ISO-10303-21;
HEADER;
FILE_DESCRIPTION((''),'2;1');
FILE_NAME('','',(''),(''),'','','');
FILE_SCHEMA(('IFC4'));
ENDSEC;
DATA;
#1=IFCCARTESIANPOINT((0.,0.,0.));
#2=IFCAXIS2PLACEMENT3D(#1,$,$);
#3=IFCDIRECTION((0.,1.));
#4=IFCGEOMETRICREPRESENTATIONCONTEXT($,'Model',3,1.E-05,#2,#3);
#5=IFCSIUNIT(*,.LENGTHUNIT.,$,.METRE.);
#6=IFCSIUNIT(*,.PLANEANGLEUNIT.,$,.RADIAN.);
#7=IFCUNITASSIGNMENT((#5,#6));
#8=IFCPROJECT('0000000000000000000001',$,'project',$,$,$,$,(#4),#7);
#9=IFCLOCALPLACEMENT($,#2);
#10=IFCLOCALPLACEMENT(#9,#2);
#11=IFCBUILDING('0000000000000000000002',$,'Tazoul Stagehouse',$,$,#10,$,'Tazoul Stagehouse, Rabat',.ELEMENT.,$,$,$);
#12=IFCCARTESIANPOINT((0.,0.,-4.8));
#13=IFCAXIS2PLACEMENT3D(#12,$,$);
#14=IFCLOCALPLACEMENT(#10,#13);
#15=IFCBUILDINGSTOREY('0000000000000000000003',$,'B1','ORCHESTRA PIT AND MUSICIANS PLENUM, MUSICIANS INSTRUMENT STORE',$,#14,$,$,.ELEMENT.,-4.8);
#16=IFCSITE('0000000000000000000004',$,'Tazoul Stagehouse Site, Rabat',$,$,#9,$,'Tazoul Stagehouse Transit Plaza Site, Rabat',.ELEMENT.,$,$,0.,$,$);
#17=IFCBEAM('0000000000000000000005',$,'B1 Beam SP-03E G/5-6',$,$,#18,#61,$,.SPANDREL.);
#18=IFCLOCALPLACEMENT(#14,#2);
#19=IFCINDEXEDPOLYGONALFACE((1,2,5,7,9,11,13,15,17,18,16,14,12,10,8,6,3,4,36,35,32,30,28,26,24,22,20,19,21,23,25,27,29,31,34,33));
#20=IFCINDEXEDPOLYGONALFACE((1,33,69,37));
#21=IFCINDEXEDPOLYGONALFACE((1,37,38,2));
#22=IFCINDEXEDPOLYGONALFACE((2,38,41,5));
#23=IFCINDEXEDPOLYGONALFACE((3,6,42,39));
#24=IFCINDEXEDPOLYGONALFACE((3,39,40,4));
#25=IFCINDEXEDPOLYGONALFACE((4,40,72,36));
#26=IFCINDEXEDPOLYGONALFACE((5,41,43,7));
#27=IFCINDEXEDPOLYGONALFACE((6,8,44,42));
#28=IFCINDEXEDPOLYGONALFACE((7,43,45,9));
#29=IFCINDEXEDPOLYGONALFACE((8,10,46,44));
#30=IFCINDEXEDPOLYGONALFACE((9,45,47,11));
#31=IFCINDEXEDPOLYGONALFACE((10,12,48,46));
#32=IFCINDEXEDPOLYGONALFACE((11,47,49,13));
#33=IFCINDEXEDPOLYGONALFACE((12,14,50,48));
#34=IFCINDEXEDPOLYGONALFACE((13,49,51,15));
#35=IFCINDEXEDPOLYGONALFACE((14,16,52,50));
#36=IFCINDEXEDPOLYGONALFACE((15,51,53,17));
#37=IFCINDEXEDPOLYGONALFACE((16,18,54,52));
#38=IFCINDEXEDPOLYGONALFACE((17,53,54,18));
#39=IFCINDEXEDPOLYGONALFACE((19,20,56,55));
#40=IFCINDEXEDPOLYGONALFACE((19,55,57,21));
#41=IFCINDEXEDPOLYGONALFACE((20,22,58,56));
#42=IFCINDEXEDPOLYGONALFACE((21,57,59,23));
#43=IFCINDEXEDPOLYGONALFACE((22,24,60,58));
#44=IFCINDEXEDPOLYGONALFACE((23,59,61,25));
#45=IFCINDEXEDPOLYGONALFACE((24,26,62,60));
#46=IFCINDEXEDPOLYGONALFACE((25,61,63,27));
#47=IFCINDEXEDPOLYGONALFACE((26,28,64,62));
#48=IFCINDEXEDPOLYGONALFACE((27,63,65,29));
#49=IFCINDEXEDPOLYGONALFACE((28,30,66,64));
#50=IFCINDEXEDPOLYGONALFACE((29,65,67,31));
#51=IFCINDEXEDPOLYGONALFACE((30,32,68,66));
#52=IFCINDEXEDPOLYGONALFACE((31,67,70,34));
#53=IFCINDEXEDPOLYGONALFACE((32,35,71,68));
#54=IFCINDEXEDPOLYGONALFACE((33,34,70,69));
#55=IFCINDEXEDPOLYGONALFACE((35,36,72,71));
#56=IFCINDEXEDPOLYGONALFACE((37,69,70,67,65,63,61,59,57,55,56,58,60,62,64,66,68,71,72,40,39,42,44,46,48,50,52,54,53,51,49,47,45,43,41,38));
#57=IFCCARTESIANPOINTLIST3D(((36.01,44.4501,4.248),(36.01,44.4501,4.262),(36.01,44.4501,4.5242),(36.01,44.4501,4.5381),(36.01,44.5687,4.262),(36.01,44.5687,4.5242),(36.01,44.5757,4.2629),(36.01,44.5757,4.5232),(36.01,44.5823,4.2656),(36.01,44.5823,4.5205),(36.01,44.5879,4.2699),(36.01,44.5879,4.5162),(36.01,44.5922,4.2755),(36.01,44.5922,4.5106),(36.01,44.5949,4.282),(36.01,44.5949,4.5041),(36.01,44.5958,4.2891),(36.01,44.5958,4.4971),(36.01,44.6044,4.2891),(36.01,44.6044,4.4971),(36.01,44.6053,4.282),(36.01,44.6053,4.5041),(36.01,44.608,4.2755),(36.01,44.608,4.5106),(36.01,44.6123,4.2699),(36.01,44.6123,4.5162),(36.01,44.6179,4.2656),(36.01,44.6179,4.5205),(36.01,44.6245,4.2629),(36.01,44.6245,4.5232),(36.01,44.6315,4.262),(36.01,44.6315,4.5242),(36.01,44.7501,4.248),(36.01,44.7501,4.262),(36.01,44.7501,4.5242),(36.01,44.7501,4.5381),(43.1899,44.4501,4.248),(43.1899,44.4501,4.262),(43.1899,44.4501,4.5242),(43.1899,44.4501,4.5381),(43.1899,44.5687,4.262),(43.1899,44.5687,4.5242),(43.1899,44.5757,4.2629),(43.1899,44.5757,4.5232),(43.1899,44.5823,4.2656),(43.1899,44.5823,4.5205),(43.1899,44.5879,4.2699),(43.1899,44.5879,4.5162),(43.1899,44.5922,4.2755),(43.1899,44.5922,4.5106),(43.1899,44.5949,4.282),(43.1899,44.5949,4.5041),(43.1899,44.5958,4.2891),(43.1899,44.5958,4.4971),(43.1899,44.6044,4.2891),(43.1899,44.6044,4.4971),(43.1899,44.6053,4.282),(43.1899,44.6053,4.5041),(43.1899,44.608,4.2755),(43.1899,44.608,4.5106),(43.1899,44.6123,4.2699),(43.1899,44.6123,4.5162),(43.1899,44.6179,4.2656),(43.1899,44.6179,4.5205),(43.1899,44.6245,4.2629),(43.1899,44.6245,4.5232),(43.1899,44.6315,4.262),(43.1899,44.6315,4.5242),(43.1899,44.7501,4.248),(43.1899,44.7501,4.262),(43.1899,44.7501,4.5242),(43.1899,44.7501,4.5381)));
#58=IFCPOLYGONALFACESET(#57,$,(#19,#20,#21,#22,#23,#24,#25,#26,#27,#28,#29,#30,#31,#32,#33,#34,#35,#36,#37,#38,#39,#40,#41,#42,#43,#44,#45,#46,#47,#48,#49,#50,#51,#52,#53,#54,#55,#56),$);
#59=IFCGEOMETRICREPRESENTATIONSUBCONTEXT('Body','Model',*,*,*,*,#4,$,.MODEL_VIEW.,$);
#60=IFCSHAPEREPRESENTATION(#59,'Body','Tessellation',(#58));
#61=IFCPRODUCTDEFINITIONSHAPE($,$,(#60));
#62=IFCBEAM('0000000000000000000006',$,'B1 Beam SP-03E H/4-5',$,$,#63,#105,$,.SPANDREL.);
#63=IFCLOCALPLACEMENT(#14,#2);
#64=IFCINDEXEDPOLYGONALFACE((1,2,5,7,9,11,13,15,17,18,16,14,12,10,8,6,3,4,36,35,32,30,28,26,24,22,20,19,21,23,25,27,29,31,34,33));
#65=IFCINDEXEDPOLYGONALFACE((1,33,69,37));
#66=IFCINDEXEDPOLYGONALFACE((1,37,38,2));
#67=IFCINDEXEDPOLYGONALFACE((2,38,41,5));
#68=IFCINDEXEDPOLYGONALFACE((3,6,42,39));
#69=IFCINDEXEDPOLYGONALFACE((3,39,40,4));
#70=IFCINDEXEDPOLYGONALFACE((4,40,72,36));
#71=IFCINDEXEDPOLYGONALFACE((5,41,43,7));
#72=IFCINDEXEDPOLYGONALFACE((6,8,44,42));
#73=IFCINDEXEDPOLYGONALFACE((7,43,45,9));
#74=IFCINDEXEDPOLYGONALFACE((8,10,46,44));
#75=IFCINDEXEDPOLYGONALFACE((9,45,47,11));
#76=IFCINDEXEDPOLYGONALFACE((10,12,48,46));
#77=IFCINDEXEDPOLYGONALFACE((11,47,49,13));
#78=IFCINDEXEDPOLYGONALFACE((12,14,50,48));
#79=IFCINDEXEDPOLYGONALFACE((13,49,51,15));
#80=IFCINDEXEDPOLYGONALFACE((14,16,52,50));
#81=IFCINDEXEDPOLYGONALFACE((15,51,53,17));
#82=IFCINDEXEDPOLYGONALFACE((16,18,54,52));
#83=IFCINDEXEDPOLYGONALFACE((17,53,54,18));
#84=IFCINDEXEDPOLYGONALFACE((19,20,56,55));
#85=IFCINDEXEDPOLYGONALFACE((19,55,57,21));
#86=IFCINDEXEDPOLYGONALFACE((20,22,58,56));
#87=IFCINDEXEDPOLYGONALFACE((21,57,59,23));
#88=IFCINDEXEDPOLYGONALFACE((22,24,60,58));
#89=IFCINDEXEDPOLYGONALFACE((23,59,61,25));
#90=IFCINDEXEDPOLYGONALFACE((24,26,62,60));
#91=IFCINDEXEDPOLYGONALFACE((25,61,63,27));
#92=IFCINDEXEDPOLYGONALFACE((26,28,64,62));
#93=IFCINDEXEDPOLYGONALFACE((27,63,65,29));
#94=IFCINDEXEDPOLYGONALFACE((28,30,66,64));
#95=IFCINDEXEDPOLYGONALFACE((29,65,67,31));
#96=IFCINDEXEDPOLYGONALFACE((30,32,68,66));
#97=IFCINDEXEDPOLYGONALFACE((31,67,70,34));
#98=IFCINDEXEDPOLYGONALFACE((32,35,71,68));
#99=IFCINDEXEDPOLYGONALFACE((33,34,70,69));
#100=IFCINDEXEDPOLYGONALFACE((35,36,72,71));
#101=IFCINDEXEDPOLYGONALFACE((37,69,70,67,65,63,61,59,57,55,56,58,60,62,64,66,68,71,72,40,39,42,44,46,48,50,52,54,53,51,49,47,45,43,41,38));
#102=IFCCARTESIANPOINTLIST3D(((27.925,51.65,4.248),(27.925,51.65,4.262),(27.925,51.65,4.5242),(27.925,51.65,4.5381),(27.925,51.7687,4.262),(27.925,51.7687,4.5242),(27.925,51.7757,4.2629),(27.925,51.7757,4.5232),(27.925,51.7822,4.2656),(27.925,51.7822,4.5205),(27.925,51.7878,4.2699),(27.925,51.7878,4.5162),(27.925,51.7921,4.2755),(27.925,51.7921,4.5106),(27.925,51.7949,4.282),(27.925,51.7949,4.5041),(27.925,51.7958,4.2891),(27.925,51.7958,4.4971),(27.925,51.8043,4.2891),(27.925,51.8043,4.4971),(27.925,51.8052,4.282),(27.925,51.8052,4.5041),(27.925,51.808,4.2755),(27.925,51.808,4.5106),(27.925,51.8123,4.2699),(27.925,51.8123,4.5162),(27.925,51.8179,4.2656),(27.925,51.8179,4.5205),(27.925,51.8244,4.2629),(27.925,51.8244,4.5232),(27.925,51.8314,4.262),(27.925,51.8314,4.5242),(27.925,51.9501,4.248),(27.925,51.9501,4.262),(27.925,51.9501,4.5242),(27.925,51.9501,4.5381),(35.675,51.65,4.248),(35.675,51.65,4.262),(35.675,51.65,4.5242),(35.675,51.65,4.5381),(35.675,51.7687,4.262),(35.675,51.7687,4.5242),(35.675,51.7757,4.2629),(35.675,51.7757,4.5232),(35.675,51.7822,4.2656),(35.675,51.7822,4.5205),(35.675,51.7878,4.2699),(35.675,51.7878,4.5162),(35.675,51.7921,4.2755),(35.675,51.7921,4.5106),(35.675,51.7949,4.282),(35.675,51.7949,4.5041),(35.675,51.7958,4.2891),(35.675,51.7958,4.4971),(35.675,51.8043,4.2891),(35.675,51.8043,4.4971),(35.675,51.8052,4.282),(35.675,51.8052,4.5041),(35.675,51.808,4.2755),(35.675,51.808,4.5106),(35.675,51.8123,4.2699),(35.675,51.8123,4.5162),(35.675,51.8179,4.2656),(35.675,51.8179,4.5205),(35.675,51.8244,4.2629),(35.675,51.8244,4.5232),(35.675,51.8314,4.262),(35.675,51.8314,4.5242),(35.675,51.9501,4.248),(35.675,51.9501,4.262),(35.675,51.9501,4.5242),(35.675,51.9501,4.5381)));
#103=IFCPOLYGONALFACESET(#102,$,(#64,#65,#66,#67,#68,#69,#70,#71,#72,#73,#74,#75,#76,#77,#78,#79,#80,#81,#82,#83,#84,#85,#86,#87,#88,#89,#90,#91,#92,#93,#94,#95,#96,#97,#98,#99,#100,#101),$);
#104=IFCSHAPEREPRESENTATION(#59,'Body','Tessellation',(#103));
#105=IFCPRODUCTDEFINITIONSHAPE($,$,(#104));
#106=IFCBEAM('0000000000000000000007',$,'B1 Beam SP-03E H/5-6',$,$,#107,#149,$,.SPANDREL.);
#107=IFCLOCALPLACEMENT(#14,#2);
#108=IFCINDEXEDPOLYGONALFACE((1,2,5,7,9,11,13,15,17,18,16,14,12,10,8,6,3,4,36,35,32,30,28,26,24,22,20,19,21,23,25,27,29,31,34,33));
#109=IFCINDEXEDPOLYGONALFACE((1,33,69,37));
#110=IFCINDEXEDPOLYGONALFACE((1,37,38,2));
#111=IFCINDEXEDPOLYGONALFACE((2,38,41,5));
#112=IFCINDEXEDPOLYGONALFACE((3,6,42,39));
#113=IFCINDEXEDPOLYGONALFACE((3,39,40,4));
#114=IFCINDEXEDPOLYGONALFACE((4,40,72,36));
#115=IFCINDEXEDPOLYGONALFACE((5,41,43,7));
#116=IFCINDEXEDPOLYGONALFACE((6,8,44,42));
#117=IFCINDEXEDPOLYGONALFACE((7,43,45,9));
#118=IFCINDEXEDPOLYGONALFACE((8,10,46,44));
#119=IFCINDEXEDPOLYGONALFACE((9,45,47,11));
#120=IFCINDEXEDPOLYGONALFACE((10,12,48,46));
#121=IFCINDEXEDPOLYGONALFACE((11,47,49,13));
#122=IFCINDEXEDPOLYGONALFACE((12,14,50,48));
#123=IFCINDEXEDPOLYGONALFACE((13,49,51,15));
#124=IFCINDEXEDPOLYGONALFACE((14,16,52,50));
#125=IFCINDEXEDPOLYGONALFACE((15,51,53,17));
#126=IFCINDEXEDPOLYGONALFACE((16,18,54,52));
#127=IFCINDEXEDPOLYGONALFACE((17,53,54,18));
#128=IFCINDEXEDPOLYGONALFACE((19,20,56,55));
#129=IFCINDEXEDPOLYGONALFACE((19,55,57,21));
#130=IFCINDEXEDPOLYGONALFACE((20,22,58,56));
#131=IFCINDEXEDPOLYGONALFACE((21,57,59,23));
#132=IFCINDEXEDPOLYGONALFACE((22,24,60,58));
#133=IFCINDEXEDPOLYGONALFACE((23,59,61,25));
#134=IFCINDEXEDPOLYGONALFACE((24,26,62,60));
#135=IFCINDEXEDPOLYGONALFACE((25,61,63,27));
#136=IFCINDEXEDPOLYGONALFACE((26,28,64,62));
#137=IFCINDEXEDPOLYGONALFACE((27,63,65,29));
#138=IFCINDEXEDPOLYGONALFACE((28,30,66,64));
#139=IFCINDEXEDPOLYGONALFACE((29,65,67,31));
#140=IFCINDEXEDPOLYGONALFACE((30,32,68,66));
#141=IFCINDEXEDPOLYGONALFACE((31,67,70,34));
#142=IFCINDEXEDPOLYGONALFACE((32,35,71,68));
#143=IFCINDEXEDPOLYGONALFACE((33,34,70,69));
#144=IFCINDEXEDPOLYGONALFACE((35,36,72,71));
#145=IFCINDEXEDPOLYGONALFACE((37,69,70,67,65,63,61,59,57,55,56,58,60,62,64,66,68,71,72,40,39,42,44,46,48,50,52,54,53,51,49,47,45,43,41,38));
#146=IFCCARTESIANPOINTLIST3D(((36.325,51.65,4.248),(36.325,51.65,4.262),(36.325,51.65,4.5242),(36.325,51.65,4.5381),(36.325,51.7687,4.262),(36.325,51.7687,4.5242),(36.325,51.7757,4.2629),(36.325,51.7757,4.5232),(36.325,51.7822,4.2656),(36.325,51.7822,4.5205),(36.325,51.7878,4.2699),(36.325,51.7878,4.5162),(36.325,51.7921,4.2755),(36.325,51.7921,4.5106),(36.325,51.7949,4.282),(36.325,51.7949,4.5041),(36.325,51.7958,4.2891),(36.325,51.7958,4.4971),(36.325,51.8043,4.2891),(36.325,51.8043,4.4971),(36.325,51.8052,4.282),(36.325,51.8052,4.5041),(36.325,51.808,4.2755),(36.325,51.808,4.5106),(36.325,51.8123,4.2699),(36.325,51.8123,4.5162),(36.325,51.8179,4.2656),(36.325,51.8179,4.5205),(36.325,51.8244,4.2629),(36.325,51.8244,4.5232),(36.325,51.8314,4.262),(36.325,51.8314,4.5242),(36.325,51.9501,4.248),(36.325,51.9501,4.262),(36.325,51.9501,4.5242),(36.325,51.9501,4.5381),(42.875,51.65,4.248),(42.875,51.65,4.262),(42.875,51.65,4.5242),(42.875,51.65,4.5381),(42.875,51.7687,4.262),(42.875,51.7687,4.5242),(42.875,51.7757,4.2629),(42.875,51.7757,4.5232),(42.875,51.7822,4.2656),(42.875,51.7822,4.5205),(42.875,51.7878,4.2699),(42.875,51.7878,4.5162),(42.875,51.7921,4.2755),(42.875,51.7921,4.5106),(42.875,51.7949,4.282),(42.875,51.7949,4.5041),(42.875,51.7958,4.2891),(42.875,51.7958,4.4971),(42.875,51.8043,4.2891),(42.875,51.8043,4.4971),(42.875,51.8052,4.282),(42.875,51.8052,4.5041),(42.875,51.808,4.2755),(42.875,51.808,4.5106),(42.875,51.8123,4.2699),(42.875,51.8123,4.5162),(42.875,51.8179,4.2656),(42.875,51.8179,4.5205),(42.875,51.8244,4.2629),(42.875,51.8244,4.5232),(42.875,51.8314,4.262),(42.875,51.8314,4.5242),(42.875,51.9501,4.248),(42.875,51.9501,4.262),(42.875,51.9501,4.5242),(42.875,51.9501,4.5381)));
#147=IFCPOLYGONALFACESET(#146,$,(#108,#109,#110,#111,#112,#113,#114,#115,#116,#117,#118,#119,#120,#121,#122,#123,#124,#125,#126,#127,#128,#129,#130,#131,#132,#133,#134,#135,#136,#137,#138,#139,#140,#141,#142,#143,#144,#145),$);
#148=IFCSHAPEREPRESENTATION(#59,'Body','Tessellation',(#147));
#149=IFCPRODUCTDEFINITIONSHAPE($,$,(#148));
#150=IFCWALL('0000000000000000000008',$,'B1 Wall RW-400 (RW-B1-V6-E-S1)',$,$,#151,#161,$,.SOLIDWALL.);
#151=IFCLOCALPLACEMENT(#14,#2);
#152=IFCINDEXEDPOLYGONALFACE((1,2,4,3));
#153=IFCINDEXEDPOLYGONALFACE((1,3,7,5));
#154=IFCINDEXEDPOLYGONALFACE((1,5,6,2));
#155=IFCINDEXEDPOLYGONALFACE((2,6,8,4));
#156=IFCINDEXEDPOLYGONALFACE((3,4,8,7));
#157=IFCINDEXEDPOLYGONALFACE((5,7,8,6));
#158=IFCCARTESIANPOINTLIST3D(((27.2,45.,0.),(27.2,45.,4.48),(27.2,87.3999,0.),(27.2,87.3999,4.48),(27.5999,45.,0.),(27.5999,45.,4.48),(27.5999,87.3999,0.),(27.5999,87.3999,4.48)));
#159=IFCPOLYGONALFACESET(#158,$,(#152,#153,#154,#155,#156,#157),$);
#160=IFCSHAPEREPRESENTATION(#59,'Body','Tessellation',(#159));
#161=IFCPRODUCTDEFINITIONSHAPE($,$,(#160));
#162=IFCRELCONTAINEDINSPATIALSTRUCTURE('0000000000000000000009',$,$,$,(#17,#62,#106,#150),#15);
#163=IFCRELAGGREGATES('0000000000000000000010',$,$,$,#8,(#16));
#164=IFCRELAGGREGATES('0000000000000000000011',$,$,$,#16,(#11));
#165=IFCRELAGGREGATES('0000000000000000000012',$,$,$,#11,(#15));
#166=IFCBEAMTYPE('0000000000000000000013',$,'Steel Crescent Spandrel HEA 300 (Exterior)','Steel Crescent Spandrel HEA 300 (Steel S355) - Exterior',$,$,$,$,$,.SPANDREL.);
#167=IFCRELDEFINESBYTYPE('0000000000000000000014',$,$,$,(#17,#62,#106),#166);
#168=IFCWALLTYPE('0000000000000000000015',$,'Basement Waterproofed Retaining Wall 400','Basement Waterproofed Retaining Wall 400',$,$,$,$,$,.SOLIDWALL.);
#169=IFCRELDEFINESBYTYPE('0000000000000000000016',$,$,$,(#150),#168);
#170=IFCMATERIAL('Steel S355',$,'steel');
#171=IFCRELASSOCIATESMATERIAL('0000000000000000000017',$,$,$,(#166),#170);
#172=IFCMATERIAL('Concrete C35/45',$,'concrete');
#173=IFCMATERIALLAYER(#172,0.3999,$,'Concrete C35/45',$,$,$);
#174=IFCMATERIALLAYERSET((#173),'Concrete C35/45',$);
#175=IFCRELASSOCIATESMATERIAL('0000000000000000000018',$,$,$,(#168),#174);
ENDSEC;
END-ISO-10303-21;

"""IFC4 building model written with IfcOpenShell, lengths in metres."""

from ifc_helpers import new_model, si_unit, direction, frame, frame_2d, origin, origin_2d, place, context, subcontext, project, spatial, rectangle, i_section, extrude, material, layer, layer_set, material_profile, profile_set, type_object, element, save


model = new_model("IFC4")

# Units and contexts
model_context = context("Model", 3, precision=1e-05, world=origin(), true_north=direction((0.0, 1.0)))
body_context = subcontext(model_context, "Body", "Model", "MODEL_VIEW")
ifc_project = project(units=[si_unit("LENGTHUNIT", "METRE"), si_unit("PLANEANGLEUNIT", "RADIAN")], contexts=[model_context])

# Site, building, storey
site_placement = place(None, origin())
site = spatial("IfcSite", under=ifc_project, at=site_placement, Name="Tazoul Stagehouse Site, Rabat", LongName="Tazoul Stagehouse Transit Plaza Site, Rabat", CompositionType="ELEMENT", RefElevation=0.0)
building_placement = place(site_placement, origin())
building = spatial("IfcBuilding", under=site, at=building_placement, Name="Tazoul Stagehouse", LongName="Tazoul Stagehouse, Rabat", CompositionType="ELEMENT")
storey_placement = place(building_placement, frame((0.0, 0.0, -4.8)))
storey = spatial("IfcBuildingStorey", under=building, at=storey_placement, Name="B1", Description="ORCHESTRA PIT AND MUSICIANS PLENUM, MUSICIANS INSTRUMENT STORE", CompositionType="ELEMENT", Elevation=-4.8)

# Shared definitions
ifc_material_1 = material(Name="Concrete C35/45", Category="concrete")

# Shared definitions
ifc_material_2 = material(Name="Steel S355", Category="steel")

# Beams
ifc_material_profile_1 = material_profile(ifc_material_2, i_section(OverallWidth=0.3, OverallDepth=0.29, WebThickness=0.0085, FlangeThickness=0.0139, FilletRadius=0.0271, at=origin_2d()), Name="HEA 300")
ifc_profile_set_1 = profile_set([ifc_material_profile_1], Name="Steel S355")
beam_type_1 = type_object("IfcBeamType", Name="Steel Crescent Spandrel HEA 300 (Exterior)", Description="Steel Crescent Spandrel HEA 300 (Steel S355) - Exterior", PredefinedType="SPANDREL", material=ifc_profile_set_1)
beam_1_placement = place(storey_placement, frame((36.01, 44.6001, 4.3931), z_axis=(1.0, 0.0, 0.0), x_axis=(0.0, 1.0, 0.0)))
element("IfcBeam", 1, at=beam_1_placement, inside=storey, type_object=beam_type_1, Name="B1 Beam SP-03E G/5-6", PredefinedType="SPANDREL", context=body_context, shape_type="SweptSolid", body=[
    extrude(i_section(OverallWidth=0.3, OverallDepth=0.29, WebThickness=0.0085, FlangeThickness=0.0139, FilletRadius=0.0271, at=origin_2d()), origin(), (0.0, 0.0, 1.0), 7.1799),
])
beam_2_placement = place(storey_placement, frame((27.925, 51.8, 4.3931), z_axis=(1.0, 0.0, 0.0), x_axis=(0.0, 1.0, 0.0)))
element("IfcBeam", 2, at=beam_2_placement, inside=storey, type_object=beam_type_1, Name="B1 Beam SP-03E H/4-5", PredefinedType="SPANDREL", context=body_context, shape_type="SweptSolid", body=[
    extrude(i_section(OverallWidth=0.3, OverallDepth=0.29, WebThickness=0.0085, FlangeThickness=0.0139, FilletRadius=0.0271, at=origin_2d()), origin(), (0.0, 0.0, 1.0), 7.75),
])
beam_3_placement = place(storey_placement, frame((36.325, 51.8, 4.3931), z_axis=(1.0, 0.0, 0.0), x_axis=(0.0, 1.0, 0.0)))
element("IfcBeam", 3, at=beam_3_placement, inside=storey, type_object=beam_type_1, Name="B1 Beam SP-03E H/5-6", PredefinedType="SPANDREL", context=body_context, shape_type="SweptSolid", body=[
    extrude(i_section(OverallWidth=0.3, OverallDepth=0.29, WebThickness=0.0085, FlangeThickness=0.0139, FilletRadius=0.0271, at=origin_2d()), origin(), (0.0, 0.0, 1.0), 6.55),
])

# Wall
ifc_layer = layer(ifc_material_1, 0.3999, Name="Concrete C35/45")
ifc_layer_set = layer_set([ifc_layer], Name="Concrete C35/45")
wall_type = type_object("IfcWallType", Name="Basement Waterproofed Retaining Wall 400", Description="Basement Waterproofed Retaining Wall 400", PredefinedType="SOLIDWALL", material=ifc_layer_set)
wall_placement = place(storey_placement, frame((27.3999, 45.0, 0.0), z_axis=(0.0, 0.0, 1.0), x_axis=(0.0, 1.0, 0.0)))
element("IfcWall", 4, at=wall_placement, inside=storey, type_object=wall_type, Name="B1 Wall RW-400 (RW-B1-V6-E-S1)", PredefinedType="SOLIDWALL", context=body_context, shape_type="SweptSolid", body=[
    extrude(rectangle(XDim=42.3999, YDim=0.3999, at=frame_2d((21.2, 0.0))), origin(), (0.0, 0.0, 1.0), 4.48),
])

save(model, "model.ifc")
